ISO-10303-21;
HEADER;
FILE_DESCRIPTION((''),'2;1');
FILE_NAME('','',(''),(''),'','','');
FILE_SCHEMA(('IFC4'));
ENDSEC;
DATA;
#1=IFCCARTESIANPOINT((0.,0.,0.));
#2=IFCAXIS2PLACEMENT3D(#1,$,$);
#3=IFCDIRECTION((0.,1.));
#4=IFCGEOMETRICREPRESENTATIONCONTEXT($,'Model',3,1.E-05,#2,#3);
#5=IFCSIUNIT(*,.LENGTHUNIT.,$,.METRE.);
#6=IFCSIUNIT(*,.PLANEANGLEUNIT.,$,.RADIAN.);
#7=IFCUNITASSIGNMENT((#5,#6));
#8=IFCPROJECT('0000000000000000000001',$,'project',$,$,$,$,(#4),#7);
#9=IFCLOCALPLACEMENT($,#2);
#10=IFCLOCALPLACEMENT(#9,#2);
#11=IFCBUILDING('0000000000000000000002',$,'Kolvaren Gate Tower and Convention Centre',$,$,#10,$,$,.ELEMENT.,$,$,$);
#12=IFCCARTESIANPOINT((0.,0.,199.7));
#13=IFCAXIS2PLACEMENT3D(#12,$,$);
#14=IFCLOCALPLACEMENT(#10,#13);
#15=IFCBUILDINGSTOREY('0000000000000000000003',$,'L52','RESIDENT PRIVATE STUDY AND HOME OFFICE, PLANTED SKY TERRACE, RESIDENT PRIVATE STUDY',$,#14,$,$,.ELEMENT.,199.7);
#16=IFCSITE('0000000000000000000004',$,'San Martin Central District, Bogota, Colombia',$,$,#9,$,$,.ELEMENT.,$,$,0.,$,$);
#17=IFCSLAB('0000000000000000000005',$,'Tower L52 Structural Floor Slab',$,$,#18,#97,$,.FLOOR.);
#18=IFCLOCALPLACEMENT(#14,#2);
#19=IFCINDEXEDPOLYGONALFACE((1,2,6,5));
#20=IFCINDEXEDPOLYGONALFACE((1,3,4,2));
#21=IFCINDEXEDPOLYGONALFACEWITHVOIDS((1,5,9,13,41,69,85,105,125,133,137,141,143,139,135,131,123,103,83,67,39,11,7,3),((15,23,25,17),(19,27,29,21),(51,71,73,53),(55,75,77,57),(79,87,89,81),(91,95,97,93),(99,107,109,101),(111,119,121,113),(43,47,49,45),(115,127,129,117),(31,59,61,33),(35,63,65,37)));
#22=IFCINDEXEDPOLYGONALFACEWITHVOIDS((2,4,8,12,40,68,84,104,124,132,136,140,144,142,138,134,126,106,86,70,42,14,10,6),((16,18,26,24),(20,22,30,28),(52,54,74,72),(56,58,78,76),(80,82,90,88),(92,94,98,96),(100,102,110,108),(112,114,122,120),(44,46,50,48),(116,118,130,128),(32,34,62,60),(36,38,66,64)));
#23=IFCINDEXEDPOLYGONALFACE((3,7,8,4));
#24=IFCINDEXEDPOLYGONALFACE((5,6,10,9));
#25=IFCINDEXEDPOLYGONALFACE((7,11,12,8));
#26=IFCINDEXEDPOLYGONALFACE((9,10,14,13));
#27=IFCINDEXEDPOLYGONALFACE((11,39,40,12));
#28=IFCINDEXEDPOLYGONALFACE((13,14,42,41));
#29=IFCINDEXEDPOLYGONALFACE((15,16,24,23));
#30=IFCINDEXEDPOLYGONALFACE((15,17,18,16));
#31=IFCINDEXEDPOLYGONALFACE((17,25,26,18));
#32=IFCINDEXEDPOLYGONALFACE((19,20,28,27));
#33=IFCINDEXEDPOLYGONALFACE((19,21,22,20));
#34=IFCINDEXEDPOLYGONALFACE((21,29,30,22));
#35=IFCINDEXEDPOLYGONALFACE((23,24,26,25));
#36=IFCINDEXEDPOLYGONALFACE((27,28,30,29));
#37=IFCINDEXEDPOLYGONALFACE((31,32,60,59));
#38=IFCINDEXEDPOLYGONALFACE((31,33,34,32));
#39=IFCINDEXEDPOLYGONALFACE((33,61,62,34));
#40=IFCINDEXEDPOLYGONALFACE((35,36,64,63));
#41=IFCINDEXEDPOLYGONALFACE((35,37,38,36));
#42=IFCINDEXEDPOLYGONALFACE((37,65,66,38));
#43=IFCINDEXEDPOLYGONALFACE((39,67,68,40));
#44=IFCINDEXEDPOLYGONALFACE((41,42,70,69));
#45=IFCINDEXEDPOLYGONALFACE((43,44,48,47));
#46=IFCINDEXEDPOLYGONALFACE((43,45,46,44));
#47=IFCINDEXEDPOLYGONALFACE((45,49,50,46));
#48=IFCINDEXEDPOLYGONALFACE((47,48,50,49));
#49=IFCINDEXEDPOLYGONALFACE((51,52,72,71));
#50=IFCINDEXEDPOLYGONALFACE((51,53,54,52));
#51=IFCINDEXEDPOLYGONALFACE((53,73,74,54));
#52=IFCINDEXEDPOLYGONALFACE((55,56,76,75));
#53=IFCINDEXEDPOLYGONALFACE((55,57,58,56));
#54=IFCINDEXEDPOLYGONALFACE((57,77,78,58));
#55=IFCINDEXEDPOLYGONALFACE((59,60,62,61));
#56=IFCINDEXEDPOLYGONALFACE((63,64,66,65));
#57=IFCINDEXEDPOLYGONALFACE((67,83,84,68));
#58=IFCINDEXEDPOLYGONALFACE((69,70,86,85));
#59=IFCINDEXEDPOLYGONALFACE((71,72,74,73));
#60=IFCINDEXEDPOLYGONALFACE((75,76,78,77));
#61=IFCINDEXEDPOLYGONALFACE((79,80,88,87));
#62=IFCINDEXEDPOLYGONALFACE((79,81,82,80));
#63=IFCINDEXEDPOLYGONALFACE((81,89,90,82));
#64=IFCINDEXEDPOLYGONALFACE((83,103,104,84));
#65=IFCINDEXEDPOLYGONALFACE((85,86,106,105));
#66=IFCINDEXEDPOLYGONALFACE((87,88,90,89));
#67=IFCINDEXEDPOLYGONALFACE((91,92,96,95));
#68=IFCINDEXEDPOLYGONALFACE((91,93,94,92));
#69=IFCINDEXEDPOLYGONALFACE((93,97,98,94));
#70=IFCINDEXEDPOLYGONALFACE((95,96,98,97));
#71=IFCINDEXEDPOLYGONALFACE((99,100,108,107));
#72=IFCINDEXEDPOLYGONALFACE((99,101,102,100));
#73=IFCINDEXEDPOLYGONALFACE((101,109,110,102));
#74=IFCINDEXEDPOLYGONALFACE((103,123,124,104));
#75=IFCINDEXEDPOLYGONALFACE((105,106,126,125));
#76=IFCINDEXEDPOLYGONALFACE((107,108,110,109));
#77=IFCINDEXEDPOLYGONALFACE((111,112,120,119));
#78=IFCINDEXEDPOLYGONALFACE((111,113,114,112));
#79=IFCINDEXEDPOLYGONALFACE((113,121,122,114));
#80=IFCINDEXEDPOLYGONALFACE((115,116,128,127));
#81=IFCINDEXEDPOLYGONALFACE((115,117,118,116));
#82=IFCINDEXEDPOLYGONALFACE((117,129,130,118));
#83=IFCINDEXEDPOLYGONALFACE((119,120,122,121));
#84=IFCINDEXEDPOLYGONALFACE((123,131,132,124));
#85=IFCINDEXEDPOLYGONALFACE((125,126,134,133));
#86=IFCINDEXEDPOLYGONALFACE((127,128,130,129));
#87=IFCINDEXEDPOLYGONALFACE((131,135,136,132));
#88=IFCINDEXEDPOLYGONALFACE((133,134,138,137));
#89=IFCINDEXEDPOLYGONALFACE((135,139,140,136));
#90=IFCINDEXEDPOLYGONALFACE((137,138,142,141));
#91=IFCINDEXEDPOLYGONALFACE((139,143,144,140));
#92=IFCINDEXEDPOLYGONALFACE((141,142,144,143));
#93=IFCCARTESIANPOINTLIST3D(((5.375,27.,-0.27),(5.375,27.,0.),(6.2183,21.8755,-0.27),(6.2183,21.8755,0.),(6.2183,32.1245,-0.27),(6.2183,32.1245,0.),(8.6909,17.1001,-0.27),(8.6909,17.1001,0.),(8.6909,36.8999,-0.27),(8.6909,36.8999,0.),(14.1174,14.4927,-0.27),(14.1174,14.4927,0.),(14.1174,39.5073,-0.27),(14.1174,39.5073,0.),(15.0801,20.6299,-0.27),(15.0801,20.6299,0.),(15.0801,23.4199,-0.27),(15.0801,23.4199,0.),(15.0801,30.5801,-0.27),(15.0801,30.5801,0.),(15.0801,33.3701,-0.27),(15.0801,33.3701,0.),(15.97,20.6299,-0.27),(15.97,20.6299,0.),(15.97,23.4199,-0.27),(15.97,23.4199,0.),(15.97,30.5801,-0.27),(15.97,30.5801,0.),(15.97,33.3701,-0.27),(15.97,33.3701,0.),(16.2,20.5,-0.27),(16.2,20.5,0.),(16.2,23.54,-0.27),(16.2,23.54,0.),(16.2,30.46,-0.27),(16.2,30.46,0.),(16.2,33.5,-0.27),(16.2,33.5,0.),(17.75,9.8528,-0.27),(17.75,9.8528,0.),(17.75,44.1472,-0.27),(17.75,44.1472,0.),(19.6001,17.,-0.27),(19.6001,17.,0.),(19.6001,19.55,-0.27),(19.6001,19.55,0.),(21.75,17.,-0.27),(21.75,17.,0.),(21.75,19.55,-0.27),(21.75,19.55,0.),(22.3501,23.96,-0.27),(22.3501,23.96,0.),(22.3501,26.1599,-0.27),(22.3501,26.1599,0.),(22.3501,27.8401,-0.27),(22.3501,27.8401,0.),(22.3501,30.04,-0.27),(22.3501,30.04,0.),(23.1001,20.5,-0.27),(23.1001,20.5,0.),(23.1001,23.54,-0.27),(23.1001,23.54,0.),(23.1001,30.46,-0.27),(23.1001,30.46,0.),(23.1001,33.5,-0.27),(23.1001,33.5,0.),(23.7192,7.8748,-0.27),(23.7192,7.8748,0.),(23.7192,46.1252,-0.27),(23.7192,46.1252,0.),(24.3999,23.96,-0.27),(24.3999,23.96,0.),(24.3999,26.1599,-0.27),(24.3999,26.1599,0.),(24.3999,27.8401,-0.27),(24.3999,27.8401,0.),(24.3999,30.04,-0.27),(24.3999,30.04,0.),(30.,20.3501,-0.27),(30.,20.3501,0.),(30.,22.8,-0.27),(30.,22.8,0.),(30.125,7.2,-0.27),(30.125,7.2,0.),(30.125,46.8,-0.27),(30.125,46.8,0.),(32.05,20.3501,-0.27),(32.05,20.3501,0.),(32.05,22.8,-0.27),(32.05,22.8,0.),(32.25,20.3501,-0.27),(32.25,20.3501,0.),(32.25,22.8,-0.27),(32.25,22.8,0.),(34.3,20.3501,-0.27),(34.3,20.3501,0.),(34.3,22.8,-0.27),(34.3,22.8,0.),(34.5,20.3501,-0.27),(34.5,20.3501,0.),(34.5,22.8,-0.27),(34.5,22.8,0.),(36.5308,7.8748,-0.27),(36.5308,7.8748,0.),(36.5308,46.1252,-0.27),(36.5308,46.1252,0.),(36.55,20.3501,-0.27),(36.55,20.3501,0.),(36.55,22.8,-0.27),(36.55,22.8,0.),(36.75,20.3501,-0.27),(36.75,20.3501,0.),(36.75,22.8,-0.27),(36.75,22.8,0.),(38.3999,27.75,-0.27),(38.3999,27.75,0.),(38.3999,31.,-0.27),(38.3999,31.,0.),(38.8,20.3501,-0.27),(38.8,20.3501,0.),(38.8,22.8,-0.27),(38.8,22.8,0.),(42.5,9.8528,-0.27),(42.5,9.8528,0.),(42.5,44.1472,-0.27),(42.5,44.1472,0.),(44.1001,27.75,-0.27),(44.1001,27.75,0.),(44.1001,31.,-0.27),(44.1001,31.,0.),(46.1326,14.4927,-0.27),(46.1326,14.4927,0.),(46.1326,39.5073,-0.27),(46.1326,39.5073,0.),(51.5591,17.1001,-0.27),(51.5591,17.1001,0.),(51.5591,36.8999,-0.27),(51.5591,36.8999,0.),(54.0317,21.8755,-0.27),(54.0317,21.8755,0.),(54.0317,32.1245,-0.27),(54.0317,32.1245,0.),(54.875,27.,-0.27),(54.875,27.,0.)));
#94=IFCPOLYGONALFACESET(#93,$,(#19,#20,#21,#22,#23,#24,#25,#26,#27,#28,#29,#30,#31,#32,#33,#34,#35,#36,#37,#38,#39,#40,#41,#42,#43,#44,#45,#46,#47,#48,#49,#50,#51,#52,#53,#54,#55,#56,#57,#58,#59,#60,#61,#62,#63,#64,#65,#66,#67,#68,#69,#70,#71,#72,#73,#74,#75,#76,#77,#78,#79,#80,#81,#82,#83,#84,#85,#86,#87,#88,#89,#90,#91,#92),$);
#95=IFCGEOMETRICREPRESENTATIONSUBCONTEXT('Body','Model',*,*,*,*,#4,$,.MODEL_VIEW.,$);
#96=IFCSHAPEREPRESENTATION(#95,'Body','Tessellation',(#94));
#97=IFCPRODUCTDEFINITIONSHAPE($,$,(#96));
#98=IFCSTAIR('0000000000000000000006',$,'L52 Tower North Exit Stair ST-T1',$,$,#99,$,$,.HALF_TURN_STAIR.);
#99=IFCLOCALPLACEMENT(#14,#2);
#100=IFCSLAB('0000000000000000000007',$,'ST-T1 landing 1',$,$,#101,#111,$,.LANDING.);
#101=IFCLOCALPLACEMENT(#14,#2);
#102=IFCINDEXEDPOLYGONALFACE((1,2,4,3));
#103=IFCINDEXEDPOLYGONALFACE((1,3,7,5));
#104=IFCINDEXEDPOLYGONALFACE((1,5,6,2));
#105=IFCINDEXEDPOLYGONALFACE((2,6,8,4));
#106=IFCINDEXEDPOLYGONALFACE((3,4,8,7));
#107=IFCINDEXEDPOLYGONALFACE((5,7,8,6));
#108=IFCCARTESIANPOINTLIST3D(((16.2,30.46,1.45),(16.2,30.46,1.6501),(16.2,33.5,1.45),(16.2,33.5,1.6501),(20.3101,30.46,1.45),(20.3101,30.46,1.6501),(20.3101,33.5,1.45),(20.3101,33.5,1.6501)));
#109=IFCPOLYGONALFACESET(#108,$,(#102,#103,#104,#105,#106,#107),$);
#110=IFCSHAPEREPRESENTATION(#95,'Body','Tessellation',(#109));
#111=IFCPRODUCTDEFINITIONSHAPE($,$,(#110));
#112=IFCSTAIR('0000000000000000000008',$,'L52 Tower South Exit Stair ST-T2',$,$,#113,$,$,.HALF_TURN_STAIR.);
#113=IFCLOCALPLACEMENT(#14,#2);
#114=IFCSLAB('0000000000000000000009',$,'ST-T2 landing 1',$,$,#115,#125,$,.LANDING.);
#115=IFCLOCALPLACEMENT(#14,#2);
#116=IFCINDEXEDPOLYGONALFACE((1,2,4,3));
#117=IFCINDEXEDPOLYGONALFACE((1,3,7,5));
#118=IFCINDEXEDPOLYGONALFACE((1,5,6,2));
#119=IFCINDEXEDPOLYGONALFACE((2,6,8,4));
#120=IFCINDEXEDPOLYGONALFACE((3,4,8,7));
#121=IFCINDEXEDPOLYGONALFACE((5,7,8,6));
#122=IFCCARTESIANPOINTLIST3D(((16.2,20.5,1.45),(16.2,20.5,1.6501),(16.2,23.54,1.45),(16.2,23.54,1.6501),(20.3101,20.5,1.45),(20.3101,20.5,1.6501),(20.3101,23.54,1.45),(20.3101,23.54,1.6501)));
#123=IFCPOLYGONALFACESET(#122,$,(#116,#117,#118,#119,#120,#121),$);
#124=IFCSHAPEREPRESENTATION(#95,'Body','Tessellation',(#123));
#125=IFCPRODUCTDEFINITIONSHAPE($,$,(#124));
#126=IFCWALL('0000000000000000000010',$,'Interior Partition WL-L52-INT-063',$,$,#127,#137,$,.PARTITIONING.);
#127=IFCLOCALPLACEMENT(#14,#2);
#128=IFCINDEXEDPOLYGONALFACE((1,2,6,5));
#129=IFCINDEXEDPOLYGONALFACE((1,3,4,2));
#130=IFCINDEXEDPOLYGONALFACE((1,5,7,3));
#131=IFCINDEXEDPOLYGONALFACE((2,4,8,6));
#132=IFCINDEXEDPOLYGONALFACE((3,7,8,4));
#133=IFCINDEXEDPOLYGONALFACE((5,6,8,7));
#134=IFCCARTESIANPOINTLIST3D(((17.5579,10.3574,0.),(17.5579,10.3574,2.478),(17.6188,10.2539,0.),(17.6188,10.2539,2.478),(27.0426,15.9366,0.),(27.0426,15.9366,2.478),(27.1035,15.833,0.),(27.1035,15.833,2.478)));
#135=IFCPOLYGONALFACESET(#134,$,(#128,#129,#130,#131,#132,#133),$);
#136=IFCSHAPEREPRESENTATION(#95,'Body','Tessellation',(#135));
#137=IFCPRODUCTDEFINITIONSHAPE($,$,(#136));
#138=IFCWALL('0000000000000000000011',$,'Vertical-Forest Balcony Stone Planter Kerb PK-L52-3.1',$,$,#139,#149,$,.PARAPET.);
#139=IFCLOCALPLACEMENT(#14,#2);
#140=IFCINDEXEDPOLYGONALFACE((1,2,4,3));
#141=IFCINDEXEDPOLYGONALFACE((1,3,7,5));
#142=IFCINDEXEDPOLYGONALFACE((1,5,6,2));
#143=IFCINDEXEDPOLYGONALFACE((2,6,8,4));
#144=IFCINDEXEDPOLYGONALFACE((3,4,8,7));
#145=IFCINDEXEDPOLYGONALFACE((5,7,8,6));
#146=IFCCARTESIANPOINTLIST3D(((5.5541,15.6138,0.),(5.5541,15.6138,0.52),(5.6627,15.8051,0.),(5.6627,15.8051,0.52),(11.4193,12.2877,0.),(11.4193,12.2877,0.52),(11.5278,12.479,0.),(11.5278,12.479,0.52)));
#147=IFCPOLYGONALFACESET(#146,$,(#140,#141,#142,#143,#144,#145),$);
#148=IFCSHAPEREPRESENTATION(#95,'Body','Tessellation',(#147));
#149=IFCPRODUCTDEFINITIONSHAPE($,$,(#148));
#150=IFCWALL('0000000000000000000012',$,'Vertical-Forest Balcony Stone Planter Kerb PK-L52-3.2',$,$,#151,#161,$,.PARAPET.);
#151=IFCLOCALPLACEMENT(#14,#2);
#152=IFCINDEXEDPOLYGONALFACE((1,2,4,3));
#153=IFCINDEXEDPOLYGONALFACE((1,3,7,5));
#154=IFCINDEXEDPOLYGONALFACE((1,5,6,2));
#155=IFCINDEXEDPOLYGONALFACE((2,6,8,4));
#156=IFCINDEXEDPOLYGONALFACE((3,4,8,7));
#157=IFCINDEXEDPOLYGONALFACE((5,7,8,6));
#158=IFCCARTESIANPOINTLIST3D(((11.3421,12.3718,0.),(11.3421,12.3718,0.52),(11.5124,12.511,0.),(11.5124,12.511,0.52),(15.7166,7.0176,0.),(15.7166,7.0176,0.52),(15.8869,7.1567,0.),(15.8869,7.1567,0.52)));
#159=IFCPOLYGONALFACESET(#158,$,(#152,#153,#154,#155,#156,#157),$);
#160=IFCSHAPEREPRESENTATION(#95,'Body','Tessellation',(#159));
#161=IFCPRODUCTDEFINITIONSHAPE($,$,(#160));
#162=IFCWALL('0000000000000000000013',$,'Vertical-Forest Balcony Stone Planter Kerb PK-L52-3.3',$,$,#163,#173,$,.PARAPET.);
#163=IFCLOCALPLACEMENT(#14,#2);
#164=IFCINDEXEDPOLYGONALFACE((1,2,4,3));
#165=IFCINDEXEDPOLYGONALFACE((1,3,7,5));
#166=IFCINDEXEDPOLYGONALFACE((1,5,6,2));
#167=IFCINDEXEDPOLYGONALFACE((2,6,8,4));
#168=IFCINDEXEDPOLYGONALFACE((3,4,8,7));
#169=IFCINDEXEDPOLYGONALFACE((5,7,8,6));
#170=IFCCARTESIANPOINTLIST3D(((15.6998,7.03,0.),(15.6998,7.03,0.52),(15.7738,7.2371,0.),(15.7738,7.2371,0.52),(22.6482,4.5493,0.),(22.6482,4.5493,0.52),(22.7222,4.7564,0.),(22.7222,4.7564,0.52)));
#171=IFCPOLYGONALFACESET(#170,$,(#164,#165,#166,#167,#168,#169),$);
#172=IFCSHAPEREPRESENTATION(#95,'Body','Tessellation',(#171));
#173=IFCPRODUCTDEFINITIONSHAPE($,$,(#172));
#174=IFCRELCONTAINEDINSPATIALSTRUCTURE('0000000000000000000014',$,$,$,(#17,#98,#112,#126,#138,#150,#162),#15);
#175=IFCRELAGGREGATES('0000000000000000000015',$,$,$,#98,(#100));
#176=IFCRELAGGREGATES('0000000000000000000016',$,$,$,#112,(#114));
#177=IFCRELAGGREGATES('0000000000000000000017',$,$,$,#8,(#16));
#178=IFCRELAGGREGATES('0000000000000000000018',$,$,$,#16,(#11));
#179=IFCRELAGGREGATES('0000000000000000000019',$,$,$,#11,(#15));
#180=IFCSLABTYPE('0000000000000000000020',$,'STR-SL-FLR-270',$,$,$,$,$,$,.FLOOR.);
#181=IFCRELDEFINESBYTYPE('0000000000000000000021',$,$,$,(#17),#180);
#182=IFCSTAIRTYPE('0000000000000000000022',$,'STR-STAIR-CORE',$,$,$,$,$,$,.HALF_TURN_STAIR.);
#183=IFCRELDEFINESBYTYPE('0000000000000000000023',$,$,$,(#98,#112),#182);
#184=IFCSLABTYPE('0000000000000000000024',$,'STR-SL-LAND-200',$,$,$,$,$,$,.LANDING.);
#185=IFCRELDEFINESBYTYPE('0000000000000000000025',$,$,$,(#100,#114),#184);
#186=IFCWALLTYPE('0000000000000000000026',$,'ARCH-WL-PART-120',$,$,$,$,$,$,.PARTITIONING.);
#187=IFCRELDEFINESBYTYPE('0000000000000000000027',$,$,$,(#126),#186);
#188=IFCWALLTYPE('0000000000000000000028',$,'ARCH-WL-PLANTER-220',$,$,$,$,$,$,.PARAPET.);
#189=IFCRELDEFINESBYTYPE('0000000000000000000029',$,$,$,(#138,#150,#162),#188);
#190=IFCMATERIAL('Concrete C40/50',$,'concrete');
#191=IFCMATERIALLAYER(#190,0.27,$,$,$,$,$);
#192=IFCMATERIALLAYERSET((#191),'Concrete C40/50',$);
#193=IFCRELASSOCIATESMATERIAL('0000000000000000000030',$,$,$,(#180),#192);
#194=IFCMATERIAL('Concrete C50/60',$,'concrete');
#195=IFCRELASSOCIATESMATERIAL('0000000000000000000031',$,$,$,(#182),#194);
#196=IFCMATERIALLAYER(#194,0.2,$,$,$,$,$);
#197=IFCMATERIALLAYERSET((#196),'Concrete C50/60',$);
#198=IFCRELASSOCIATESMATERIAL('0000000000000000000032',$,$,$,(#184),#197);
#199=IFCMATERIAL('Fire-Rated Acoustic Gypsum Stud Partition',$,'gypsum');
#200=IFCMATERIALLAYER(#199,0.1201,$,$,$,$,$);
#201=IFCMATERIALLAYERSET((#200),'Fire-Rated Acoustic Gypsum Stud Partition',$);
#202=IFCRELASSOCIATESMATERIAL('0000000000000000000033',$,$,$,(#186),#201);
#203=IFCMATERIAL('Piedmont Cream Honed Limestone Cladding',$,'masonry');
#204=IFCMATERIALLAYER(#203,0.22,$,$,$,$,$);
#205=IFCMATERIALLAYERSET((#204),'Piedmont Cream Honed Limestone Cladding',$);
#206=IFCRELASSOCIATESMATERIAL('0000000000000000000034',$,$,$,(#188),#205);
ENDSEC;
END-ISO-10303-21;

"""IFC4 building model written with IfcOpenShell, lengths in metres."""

from ifc_helpers import new_model, si_unit, direction, frame, frame_2d, origin, place, context, subcontext, project, spatial, polyline, rectangle, outline, extrude, material, layer, layer_set, type_object, element, aggregate, save


model = new_model("IFC4")

# Units and contexts
model_context = context("Model", 3, precision=1e-05, world=origin(), true_north=direction((0.0, 1.0)))
body_context = subcontext(model_context, "Body", "Model", "MODEL_VIEW")
ifc_project = project(units=[si_unit("LENGTHUNIT", "METRE"), si_unit("PLANEANGLEUNIT", "RADIAN")], contexts=[model_context])

# Site, building, storey
site_placement = place(None, origin())
site = spatial("IfcSite", under=ifc_project, at=site_placement, Name="San Martin Central District, Bogota, Colombia", CompositionType="ELEMENT", RefElevation=0.0)
building_placement = place(site_placement, origin())
building = spatial("IfcBuilding", under=site, at=building_placement, Name="Kolvaren Gate Tower and Convention Centre", CompositionType="ELEMENT")
storey_placement = place(building_placement, frame((0.0, 0.0, 199.7)))
storey = spatial("IfcBuildingStorey", under=building, at=storey_placement, Name="L52", Description="RESIDENT PRIVATE STUDY AND HOME OFFICE, PLANTED SKY TERRACE, RESIDENT PRIVATE STUDY", CompositionType="ELEMENT", Elevation=199.7)

# Slab
ifc_material_1 = material(Name="Concrete C50/60", Category="concrete")
ifc_material_2 = material(Name="Concrete C40/50", Category="concrete")
ifc_layer_1 = layer(ifc_material_2, 0.27)
ifc_layer_set_1 = layer_set([ifc_layer_1], Name="Concrete C40/50")
slab_type_1 = type_object("IfcSlabType", Name="STR-SL-FLR-270", PredefinedType="FLOOR", material=ifc_layer_set_1)
slab_1_placement = place(storey_placement, frame((0.0, 0.0, -0.27)))
element("IfcSlab", 1, at=slab_1_placement, inside=storey, type_object=slab_type_1, Name="Tower L52 Structural Floor Slab", PredefinedType="FLOOR", context=body_context, shape_type="SweptSolid", body=[
    extrude(outline(polyline([(54.875, 27.0), (54.0317, 32.1245), (51.5591, 36.8999), (46.1326, 39.5073), (42.5, 44.1472), (36.5308, 46.1252), (30.125, 46.8), (23.7192, 46.1252), (17.75, 44.1472), (14.1174, 39.5073), (8.6909, 36.8999), (6.2183, 32.1245), (5.375, 27.0), (6.2183, 21.8755), (8.6909, 17.1001), (14.1174, 14.4927), (17.75, 9.8528), (23.7192, 7.8748), (30.125, 7.2), (36.5308, 7.8748), (42.5, 9.8528), (46.1326, 14.4927), (51.5591, 17.1001), (54.0317, 21.8755), (54.875, 27.0)]), holes=[polyline([(38.3999, 27.75), (38.3999, 31.0), (44.1001, 31.0), (44.1001, 27.75), (38.3999, 27.75)]), polyline([(38.8, 20.3501), (36.75, 20.3501), (36.75, 22.8), (38.8, 22.8), (38.8, 20.3501)]), polyline([(34.5, 20.3501), (34.5, 22.8), (36.55, 22.8), (36.55, 20.3501), (34.5, 20.3501)]), polyline([(32.25, 20.3501), (32.25, 22.8), (34.3, 22.8), (34.3, 20.3501), (32.25, 20.3501)]), polyline([(32.05, 20.3501), (30.0, 20.3501), (30.0, 22.8), (32.05, 22.8), (32.05, 20.3501)]), polyline([(22.3501, 23.96), (22.3501, 26.1599), (24.3999, 26.1599), (24.3999, 23.96), (22.3501, 23.96)]), polyline([(24.3999, 27.8401), (22.3501, 27.8401), (22.3501, 30.04), (24.3999, 30.04), (24.3999, 27.8401)]), polyline([(23.1001, 23.54), (23.1001, 20.5), (16.2, 20.5), (16.2, 23.54), (23.1001, 23.54)]), polyline([(23.1001, 33.5), (23.1001, 30.46), (16.2, 30.46), (16.2, 33.5), (23.1001, 33.5)]), polyline([(21.75, 17.0), (19.6001, 17.0), (19.6001, 19.55), (21.75, 19.55), (21.75, 17.0)]), polyline([(15.0801, 20.6299), (15.0801, 23.4199), (15.97, 23.4199), (15.97, 20.6299), (15.0801, 20.6299)]), polyline([(15.0801, 30.5801), (15.0801, 33.3701), (15.97, 33.3701), (15.97, 30.5801), (15.0801, 30.5801)])]), origin(), (0.0, 0.0, 1.0), 0.27),
])

# Stairs, slabs
stair_type = type_object("IfcStairType", Name="STR-STAIR-CORE", PredefinedType="HALF_TURN_STAIR", material=ifc_material_1)
stair_1_placement = place(storey_placement, origin())
stair_1 = element("IfcStair", 2, at=stair_1_placement, inside=storey, type_object=stair_type, Name="L52 Tower North Exit Stair ST-T1", PredefinedType="HALF_TURN_STAIR")
ifc_layer_2 = layer(ifc_material_1, 0.2)
ifc_layer_set_2 = layer_set([ifc_layer_2], Name="Concrete C50/60")
slab_type_2 = type_object("IfcSlabType", Name="STR-SL-LAND-200", PredefinedType="LANDING", material=ifc_layer_set_2)
slab_2_placement = place(storey_placement, frame((0.0, 0.0, 1.45)))
slab_2 = element("IfcSlab", 3, at=slab_2_placement, type_object=slab_type_2, Name="ST-T1 landing 1", PredefinedType="LANDING", context=body_context, shape_type="SweptSolid", body=[
    extrude(outline(polyline([(20.3101, 33.5), (16.2, 33.5), (16.2, 30.46), (20.3101, 30.46), (20.3101, 33.5)])), origin(), (0.0, 0.0, 1.0), 0.2002),
])
aggregate(stair_1, [slab_2])
stair_2_placement = place(storey_placement, origin())
stair_2 = element("IfcStair", 4, at=stair_2_placement, inside=storey, type_object=stair_type, Name="L52 Tower South Exit Stair ST-T2", PredefinedType="HALF_TURN_STAIR")
slab_3_placement = place(storey_placement, frame((0.0, 0.0, 1.45)))
slab_3 = element("IfcSlab", 5, at=slab_3_placement, type_object=slab_type_2, Name="ST-T2 landing 1", PredefinedType="LANDING", context=body_context, shape_type="SweptSolid", body=[
    extrude(outline(polyline([(20.3101, 23.54), (16.2, 23.54), (16.2, 20.5), (20.3101, 20.5), (20.3101, 23.54)])), origin(), (0.0, 0.0, 1.0), 0.2002),
])
aggregate(stair_2, [slab_3])

# Walls
ifc_material_3 = material(Name="Fire-Rated Acoustic Gypsum Stud Partition", Category="gypsum")
ifc_layer_3 = layer(ifc_material_3, 0.1201)
ifc_layer_set_3 = layer_set([ifc_layer_3], Name="Fire-Rated Acoustic Gypsum Stud Partition")
wall_type_1 = type_object("IfcWallType", Name="ARCH-WL-PART-120", PredefinedType="PARTITIONING", material=ifc_layer_set_3)
wall_1_placement = place(storey_placement, frame((17.5884, 10.3057, 0.0), z_axis=(0.0, 0.0, 1.0), x_axis=(0.861938, 0.507014, 0.0)))
element("IfcWall", 6, at=wall_1_placement, inside=storey, type_object=wall_type_1, Name="Interior Partition WL-L52-INT-063", PredefinedType="PARTITIONING", context=body_context, shape_type="SweptSolid", body=[
    extrude(rectangle(XDim=11.0039, YDim=0.1201, at=frame_2d((5.502, 0.0))), origin(), (0.0, 0.0, 1.0), 2.478),
])
ifc_material_4 = material(Name="Piedmont Cream Honed Limestone Cladding", Category="masonry")
ifc_layer_4 = layer(ifc_material_4, 0.22)
ifc_layer_set_4 = layer_set([ifc_layer_4], Name="Piedmont Cream Honed Limestone Cladding")
wall_type_2 = type_object("IfcWallType", Name="ARCH-WL-PLANTER-220", PredefinedType="PARAPET", material=ifc_layer_set_4)
wall_2_placement = place(storey_placement, frame((5.6084, 15.7095, 0.0), z_axis=(0.0, 0.0, 1.0), x_axis=(0.869861, -0.493298, 0.0)))
element("IfcWall", 7, at=wall_2_placement, inside=storey, type_object=wall_type_2, Name="Vertical-Forest Balcony Stone Planter Kerb PK-L52-3.1", PredefinedType="PARAPET", context=body_context, shape_type="SweptSolid", body=[
    extrude(rectangle(XDim=6.7427, YDim=0.22, at=frame_2d((3.3713, 0.0))), origin(), (0.0, 0.0, 1.0), 0.52),
])
wall_3_placement = place(storey_placement, frame((11.4272, 12.4414, 0.0), z_axis=(0.0, 0.0, 1.0), x_axis=(0.632697, -0.774399, 0.0)))
element("IfcWall", 8, at=wall_3_placement, inside=storey, type_object=wall_type_2, Name="Vertical-Forest Balcony Stone Planter Kerb PK-L52-3.2", PredefinedType="PARAPET", context=body_context, shape_type="SweptSolid", body=[
    extrude(rectangle(XDim=6.9141, YDim=0.22, at=frame_2d((3.457, 0.0))), origin(), (0.0, 0.0, 1.0), 0.52),
])
wall_4_placement = place(storey_placement, frame((15.7368, 7.1335, 0.0), z_axis=(0.0, 0.0, 1.0), x_axis=(0.94178, -0.336229, 0.0)))
element("IfcWall", 9, at=wall_4_placement, inside=storey, type_object=wall_type_2, Name="Vertical-Forest Balcony Stone Planter Kerb PK-L52-3.3", PredefinedType="PARAPET", context=body_context, shape_type="SweptSolid", body=[
    extrude(rectangle(XDim=7.3779, YDim=0.22, at=frame_2d((3.689, 0.0))), origin(), (0.0, 0.0, 1.0), 0.52),
])

save(model, "model.ifc")
